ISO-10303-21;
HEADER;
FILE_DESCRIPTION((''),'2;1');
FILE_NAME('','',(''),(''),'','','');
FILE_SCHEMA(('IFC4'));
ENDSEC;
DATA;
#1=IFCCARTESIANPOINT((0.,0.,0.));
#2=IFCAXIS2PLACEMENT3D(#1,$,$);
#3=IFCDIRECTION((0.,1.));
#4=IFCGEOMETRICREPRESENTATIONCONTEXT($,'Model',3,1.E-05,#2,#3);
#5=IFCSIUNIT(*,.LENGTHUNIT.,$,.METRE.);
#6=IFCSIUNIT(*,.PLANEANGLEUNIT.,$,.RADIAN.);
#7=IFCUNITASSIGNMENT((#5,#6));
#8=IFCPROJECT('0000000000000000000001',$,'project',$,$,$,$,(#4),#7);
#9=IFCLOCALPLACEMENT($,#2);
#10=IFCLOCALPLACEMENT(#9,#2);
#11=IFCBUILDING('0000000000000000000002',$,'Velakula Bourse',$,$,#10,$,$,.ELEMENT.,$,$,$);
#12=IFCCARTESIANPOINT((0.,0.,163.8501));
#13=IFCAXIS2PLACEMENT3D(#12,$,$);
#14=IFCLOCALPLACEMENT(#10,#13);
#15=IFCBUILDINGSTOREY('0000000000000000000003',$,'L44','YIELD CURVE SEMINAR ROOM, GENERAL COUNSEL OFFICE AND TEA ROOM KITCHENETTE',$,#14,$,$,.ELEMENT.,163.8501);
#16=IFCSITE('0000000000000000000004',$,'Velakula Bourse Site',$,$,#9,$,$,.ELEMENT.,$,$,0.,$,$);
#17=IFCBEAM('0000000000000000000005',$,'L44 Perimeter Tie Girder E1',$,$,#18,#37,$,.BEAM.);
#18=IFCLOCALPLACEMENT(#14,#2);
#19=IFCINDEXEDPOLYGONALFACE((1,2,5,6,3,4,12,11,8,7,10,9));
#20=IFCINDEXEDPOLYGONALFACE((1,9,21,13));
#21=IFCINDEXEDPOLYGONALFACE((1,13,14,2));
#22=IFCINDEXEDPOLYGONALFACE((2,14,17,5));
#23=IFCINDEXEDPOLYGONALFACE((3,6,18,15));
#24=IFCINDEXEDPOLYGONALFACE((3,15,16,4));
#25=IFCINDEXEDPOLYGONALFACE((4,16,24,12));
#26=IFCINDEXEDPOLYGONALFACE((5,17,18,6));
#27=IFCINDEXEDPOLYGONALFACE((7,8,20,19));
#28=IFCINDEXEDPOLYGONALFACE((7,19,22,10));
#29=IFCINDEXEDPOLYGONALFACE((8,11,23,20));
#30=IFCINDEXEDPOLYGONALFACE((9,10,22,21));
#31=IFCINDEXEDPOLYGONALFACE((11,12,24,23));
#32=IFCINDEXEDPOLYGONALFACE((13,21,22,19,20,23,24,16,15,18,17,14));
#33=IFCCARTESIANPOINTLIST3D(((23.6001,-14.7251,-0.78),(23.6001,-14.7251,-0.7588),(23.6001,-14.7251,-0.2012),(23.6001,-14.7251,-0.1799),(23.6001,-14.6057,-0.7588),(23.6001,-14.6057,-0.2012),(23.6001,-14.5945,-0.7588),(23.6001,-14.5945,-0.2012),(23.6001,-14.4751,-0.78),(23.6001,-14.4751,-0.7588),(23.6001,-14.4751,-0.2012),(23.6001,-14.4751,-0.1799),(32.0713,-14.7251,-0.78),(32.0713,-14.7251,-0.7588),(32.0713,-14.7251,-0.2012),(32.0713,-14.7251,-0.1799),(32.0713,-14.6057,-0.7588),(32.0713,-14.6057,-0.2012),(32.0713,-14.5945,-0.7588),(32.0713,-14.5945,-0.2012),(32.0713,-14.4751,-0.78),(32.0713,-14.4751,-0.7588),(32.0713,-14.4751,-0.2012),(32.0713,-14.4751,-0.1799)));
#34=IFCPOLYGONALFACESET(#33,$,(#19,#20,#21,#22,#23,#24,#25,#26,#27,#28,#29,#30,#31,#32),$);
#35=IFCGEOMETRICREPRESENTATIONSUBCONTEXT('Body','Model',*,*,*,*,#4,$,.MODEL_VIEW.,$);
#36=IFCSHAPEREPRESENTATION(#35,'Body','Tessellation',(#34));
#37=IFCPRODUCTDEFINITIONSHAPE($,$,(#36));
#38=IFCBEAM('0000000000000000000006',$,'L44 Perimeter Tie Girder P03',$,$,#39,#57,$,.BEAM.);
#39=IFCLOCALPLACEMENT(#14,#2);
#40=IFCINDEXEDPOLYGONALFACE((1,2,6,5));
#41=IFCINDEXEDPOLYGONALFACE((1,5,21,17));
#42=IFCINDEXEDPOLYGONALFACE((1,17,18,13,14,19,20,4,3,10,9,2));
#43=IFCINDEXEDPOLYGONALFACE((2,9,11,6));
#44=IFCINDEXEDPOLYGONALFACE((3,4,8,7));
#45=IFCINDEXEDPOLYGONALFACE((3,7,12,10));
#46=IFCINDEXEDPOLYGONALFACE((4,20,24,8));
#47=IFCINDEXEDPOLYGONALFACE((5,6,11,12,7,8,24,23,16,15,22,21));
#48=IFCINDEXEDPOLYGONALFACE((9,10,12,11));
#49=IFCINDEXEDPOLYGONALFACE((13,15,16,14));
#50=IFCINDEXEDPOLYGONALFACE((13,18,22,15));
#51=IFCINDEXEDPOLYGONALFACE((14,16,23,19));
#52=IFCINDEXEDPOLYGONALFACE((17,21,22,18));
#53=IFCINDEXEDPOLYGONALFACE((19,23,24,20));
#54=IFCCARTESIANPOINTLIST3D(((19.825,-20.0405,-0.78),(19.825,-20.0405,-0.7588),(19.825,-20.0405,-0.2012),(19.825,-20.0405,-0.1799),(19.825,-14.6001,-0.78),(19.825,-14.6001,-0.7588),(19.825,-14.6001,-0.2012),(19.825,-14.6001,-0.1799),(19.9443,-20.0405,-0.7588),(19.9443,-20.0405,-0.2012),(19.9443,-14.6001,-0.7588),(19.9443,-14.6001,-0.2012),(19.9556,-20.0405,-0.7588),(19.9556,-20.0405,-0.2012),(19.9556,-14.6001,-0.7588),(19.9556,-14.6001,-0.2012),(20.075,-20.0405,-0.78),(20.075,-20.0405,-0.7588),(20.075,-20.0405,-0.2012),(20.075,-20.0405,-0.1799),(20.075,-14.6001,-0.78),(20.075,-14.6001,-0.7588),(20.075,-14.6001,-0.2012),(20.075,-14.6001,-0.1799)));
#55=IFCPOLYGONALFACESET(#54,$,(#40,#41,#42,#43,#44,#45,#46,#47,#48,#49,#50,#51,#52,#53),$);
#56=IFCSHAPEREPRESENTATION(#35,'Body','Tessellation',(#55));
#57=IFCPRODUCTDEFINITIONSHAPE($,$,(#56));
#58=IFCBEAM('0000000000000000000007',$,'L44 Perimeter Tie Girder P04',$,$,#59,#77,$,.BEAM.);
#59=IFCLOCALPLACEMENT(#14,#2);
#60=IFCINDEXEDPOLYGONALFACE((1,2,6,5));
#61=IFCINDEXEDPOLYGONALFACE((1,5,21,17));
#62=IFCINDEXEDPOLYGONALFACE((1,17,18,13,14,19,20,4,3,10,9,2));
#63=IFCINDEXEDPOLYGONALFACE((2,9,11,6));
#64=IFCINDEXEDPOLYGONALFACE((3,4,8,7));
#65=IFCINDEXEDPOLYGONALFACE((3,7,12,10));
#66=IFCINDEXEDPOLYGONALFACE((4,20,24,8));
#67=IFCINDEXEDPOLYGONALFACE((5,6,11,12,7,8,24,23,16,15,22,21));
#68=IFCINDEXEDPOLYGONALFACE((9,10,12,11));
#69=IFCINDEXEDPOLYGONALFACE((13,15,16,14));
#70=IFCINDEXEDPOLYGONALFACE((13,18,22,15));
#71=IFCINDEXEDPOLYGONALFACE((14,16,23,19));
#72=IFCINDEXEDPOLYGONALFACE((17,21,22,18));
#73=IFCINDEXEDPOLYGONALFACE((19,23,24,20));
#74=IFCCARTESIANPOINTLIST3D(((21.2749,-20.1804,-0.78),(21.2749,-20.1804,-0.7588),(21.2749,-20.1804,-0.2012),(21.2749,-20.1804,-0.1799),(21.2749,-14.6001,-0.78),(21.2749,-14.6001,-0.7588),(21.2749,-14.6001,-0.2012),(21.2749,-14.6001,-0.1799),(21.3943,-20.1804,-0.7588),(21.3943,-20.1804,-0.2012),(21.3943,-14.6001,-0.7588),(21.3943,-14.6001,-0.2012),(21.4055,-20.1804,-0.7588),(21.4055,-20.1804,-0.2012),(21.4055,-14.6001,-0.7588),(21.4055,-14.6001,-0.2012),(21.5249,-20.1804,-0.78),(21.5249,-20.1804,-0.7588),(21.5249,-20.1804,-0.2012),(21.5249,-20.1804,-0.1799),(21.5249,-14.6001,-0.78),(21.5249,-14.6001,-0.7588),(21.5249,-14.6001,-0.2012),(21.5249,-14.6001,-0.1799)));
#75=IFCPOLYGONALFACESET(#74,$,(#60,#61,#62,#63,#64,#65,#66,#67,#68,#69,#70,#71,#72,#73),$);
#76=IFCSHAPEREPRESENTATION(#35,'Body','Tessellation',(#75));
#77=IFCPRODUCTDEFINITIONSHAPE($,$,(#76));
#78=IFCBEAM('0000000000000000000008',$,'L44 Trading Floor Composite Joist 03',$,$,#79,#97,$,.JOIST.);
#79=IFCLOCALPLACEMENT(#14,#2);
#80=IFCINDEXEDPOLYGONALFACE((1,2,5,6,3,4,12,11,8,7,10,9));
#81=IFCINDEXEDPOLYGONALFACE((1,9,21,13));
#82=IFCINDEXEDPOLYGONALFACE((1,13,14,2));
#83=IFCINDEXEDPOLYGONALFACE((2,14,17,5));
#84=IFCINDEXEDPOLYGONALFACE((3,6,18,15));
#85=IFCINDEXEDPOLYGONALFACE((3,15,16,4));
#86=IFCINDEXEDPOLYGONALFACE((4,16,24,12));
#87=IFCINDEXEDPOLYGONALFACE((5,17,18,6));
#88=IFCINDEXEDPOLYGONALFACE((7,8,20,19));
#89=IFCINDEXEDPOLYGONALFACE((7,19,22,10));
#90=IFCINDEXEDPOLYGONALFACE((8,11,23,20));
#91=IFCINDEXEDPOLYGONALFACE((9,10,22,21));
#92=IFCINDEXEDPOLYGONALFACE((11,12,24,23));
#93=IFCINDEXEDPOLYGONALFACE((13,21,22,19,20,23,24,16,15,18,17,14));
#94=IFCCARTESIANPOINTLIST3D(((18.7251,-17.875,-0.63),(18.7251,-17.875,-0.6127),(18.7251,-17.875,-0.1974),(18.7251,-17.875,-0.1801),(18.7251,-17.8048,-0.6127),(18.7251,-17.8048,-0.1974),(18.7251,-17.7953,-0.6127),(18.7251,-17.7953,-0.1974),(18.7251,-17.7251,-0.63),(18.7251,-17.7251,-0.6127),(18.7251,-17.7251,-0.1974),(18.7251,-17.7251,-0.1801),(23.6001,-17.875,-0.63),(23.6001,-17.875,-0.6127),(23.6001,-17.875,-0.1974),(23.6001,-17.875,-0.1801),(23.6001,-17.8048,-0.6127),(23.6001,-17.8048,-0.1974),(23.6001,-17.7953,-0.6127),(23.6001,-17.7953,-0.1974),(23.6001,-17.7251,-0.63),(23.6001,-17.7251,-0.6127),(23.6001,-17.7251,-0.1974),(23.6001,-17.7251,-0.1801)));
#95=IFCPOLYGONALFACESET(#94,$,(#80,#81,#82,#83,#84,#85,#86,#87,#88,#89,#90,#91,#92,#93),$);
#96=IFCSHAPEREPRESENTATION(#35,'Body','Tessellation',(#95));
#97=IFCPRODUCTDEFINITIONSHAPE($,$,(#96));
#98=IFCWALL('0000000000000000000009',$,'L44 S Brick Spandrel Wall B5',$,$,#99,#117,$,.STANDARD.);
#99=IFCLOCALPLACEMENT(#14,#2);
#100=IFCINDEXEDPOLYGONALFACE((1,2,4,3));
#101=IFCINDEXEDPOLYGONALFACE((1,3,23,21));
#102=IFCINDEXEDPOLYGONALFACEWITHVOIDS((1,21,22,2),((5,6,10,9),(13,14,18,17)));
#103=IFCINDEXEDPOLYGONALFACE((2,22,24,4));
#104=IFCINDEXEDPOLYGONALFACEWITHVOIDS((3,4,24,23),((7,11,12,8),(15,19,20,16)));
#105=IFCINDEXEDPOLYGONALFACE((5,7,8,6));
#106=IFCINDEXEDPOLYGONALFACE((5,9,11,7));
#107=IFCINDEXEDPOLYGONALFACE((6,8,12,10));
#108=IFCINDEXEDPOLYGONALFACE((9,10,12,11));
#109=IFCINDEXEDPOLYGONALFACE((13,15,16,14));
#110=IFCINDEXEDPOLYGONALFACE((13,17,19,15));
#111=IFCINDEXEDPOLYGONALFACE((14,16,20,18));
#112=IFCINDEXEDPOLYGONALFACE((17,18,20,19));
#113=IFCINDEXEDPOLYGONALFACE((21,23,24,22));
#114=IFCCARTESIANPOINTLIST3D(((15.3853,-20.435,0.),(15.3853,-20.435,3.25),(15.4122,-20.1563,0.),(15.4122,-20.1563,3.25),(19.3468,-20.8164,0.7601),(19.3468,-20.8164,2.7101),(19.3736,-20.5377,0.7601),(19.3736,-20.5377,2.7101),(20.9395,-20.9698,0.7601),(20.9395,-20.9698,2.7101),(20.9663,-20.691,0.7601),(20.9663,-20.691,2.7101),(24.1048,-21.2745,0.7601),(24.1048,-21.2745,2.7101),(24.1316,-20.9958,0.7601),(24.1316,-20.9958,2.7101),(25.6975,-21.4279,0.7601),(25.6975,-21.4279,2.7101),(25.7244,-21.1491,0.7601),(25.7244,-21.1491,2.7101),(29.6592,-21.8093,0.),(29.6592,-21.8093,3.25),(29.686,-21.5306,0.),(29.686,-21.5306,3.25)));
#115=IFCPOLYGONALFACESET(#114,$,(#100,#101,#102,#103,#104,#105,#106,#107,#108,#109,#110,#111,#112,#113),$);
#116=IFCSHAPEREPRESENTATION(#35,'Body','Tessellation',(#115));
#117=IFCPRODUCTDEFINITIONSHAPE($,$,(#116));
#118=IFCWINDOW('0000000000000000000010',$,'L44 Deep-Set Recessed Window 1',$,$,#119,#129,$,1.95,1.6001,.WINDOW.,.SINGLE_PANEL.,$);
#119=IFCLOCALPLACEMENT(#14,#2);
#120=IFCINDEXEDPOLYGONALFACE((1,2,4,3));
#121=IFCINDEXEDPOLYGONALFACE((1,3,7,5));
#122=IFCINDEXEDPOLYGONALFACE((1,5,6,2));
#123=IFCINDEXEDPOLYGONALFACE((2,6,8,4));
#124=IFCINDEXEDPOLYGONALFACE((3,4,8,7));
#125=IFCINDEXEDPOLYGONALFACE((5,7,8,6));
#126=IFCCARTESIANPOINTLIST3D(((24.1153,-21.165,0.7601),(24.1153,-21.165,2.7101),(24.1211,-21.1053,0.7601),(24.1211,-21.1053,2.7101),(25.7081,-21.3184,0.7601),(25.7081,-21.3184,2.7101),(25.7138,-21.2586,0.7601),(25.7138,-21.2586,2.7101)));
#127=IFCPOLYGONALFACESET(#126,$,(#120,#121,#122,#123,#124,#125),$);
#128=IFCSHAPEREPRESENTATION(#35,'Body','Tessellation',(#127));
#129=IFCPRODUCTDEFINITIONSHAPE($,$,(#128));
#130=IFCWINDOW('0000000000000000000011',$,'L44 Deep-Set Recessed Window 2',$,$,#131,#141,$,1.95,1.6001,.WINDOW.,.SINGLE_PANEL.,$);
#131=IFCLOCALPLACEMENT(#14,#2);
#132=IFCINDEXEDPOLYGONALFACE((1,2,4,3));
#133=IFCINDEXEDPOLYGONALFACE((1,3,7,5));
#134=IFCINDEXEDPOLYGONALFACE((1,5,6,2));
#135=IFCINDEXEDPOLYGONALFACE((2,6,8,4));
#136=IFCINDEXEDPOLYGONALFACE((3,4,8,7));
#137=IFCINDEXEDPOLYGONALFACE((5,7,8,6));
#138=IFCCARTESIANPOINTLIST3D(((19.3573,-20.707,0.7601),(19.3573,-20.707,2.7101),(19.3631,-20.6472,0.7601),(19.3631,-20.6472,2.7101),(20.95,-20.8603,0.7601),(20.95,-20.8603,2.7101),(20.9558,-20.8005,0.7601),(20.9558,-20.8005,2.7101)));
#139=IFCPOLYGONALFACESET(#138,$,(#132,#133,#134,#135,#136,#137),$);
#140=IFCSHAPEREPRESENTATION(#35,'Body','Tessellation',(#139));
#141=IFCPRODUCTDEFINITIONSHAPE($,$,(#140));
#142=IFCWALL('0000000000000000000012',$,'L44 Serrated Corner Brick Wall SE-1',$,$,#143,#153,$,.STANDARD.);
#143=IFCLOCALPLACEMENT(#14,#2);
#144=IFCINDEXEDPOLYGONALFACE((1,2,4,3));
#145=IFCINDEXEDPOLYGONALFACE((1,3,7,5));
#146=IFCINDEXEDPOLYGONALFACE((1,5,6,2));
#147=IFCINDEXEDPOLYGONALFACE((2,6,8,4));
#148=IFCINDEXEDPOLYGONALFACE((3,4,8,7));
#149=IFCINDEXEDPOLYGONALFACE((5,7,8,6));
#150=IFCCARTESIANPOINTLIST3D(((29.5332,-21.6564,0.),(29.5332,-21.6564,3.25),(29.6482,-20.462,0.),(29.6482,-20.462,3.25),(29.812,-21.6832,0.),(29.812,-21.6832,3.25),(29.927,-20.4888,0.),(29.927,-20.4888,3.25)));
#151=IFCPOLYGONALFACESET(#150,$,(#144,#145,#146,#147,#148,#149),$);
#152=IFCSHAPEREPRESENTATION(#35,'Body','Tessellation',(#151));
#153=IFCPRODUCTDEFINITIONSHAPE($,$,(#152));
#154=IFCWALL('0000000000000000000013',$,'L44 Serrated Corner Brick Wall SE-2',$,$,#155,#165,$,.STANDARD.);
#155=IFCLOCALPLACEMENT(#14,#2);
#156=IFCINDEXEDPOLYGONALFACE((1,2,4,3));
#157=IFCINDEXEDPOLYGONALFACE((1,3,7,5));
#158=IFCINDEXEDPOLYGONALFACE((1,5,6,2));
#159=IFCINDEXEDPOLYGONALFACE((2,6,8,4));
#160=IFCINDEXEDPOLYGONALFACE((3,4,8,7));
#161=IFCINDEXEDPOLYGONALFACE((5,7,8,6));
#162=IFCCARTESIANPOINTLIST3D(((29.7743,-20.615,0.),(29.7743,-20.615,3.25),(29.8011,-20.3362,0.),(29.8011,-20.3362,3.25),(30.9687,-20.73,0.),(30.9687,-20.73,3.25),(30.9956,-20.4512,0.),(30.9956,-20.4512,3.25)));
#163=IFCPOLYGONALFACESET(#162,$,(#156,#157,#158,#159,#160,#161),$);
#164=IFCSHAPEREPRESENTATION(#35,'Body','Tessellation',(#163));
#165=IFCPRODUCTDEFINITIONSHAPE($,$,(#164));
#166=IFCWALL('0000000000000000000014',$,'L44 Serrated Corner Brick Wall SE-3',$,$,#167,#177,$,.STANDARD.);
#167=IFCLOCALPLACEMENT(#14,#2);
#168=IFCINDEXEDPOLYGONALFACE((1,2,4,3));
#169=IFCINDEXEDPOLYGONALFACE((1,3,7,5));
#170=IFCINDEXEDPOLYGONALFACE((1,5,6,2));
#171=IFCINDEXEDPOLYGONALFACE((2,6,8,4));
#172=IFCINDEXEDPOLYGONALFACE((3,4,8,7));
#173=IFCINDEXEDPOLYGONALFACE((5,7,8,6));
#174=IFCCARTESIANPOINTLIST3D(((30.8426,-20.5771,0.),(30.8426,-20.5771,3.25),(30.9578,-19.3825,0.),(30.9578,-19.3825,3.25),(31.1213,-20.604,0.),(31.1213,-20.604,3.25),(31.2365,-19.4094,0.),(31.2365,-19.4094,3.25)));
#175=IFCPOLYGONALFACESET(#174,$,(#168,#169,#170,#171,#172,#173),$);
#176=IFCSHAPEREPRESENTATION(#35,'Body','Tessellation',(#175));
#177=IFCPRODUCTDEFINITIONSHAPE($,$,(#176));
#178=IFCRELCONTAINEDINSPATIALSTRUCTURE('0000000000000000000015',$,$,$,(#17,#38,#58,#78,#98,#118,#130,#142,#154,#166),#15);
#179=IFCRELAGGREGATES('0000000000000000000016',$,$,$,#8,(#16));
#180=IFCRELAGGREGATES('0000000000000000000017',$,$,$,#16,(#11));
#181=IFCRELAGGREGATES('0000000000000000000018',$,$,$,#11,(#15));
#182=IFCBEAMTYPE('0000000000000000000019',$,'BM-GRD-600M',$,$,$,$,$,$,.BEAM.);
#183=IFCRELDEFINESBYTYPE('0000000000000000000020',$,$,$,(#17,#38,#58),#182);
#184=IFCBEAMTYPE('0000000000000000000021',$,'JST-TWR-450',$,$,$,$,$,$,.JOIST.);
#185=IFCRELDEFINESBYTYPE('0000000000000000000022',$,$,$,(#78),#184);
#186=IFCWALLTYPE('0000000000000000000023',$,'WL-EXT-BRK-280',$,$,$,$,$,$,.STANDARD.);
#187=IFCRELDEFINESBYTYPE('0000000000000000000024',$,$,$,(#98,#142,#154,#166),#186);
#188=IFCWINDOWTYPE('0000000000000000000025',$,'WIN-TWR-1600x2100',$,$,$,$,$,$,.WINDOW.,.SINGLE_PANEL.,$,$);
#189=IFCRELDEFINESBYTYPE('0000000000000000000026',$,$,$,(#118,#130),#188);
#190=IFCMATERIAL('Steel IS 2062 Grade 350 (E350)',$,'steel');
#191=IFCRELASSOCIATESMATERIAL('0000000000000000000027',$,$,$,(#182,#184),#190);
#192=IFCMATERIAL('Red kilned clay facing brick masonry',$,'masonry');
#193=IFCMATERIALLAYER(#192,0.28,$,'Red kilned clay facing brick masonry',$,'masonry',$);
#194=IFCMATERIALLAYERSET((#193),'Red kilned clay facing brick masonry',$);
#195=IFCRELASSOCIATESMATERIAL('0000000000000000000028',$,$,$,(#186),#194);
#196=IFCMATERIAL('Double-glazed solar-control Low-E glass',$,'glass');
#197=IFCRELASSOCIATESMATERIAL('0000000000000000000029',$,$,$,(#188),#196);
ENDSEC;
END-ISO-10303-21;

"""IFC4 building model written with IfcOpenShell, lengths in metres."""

from ifc_helpers import new_model, si_unit, direction, frame, frame_2d, origin, origin_2d, place, context, subcontext, project, spatial, rectangle, i_section, extrude, material, layer, layer_set, material_profile, profile_set, type_object, element, fill, save


model = new_model("IFC4")

# Units and contexts
model_context = context("Model", 3, precision=1e-05, world=origin(), true_north=direction((0.0, 1.0)))
body_context = subcontext(model_context, "Body", "Model", "MODEL_VIEW")
ifc_project = project(units=[si_unit("LENGTHUNIT", "METRE"), si_unit("PLANEANGLEUNIT", "RADIAN")], contexts=[model_context])

# Site, building, storey
site_placement = place(None, origin())
site = spatial("IfcSite", under=ifc_project, at=site_placement, Name="Velakula Bourse Site", CompositionType="ELEMENT", RefElevation=0.0)
building_placement = place(site_placement, origin())
building = spatial("IfcBuilding", under=site, at=building_placement, Name="Velakula Bourse", CompositionType="ELEMENT")
storey_placement = place(building_placement, frame((0.0, 0.0, 163.8501)))
storey = spatial("IfcBuildingStorey", under=building, at=storey_placement, Name="L44", Description="YIELD CURVE SEMINAR ROOM, GENERAL COUNSEL OFFICE AND TEA ROOM KITCHENETTE", CompositionType="ELEMENT", Elevation=163.8501)

# Shared definitions
ifc_material_1 = material(Name="Steel IS 2062 Grade 350 (E350)", Category="steel")

# Beams
ifc_material_profile_1 = material_profile(ifc_material_1, i_section(OverallWidth=0.25, OverallDepth=0.6001, WebThickness=0.0112, FlangeThickness=0.0212, at=origin_2d()), Name="Steel IS 2062 Grade 350 (E350)")
ifc_profile_set_1 = profile_set([ifc_material_profile_1], Name="Steel IS 2062 Grade 350 (E350)")
beam_type_1 = type_object("IfcBeamType", Name="BM-GRD-600M", PredefinedType="BEAM", material=ifc_profile_set_1)
beam_1_placement = place(storey_placement, frame((23.6001, -14.6001, -0.48), z_axis=(1.0, 0.0, 0.0), x_axis=(0.0, 1.0, 0.0)))
element("IfcBeam", 1, at=beam_1_placement, inside=storey, type_object=beam_type_1, Name="L44 Perimeter Tie Girder E1", PredefinedType="BEAM", context=body_context, shape_type="SweptSolid", body=[
    extrude(i_section(OverallWidth=0.25, OverallDepth=0.6001, WebThickness=0.0112, FlangeThickness=0.0212, at=origin_2d()), origin(), (0.0, 0.0, 1.0), 8.4712),
])
beam_2_placement = place(storey_placement, frame((19.95, -14.6001, -0.48), z_axis=(0.0, -1.0, 0.0), x_axis=(1.0, 0.0, 0.0)))
element("IfcBeam", 2, at=beam_2_placement, inside=storey, type_object=beam_type_1, Name="L44 Perimeter Tie Girder P03", PredefinedType="BEAM", context=body_context, shape_type="SweptSolid", body=[
    extrude(i_section(OverallWidth=0.25, OverallDepth=0.6001, WebThickness=0.0112, FlangeThickness=0.0212, at=origin_2d()), origin(), (0.0, 0.0, 1.0), 5.4404),
])
beam_3_placement = place(storey_placement, frame((21.3999, -14.6001, -0.48), z_axis=(0.0, -1.0, 0.0), x_axis=(1.0, 0.0, 0.0)))
element("IfcBeam", 3, at=beam_3_placement, inside=storey, type_object=beam_type_1, Name="L44 Perimeter Tie Girder P04", PredefinedType="BEAM", context=body_context, shape_type="SweptSolid", body=[
    extrude(i_section(OverallWidth=0.25, OverallDepth=0.6001, WebThickness=0.0112, FlangeThickness=0.0212, at=origin_2d()), origin(), (0.0, 0.0, 1.0), 5.5803),
])
ifc_material_profile_2 = material_profile(ifc_material_1, i_section(OverallWidth=0.1499, OverallDepth=0.45, WebThickness=0.0095, FlangeThickness=0.0173, at=origin_2d()), Name="Steel IS 2062 Grade 350 (E350)")
ifc_profile_set_2 = profile_set([ifc_material_profile_2], Name="Steel IS 2062 Grade 350 (E350)")
beam_type_2 = type_object("IfcBeamType", Name="JST-TWR-450", PredefinedType="JOIST", material=ifc_profile_set_2)
beam_4_placement = place(storey_placement, frame((18.7251, -17.8, -0.405), z_axis=(1.0, 0.0, 0.0), x_axis=(0.0, 1.0, 0.0)))
element("IfcBeam", 4, at=beam_4_placement, inside=storey, type_object=beam_type_2, Name="L44 Trading Floor Composite Joist 03", PredefinedType="JOIST", context=body_context, shape_type="SweptSolid", body=[
    extrude(i_section(OverallWidth=0.1499, OverallDepth=0.45, WebThickness=0.0095, FlangeThickness=0.0173, at=origin_2d()), origin(), (0.0, 0.0, 1.0), 4.875),
])

# Wall, openings, windows
ifc_material_2 = material(Name="Red kilned clay facing brick masonry", Category="masonry")
ifc_layer = layer(ifc_material_2, 0.28, Name="Red kilned clay facing brick masonry", Category="masonry")
ifc_layer_set = layer_set([ifc_layer], Name="Red kilned clay facing brick masonry")
wall_type = type_object("IfcWallType", Name="WL-EXT-BRK-280", PredefinedType="STANDARD", material=ifc_layer_set)
wall_1_placement = place(storey_placement, frame((29.6726, -21.6699, 0.0), z_axis=(0.0, 0.0, 1.0), x_axis=(-0.995397, 0.095835, 0.0)))
wall_1 = element("IfcWall", 5, at=wall_1_placement, inside=storey, type_object=wall_type, Name="L44 S Brick Spandrel Wall B5", PredefinedType="STANDARD", context=body_context, shape_type="SweptSolid", body=[
    extrude(rectangle(XDim=14.3398, YDim=0.28, at=frame_2d((7.1699, 0.0))), origin(), (0.0, 0.0, 1.0), 3.25),
])
opening_1_placement = place(wall_1_placement, frame((3.98, 0.0, 0.76)))
opening_1 = element("IfcOpeningElement", 6, at=opening_1_placement, cuts=wall_1, PredefinedType="OPENING", context=body_context, shape_type="SweptSolid", body=[
    extrude(rectangle(XDim=1.6001, YDim=1.95, at=frame_2d((0.8, 0.9751))), frame((0.0, 0.1499, 0.0), z_axis=(0.0, -1.0, 0.0), x_axis=(1.0, 0.0, 0.0)), (0.0, 0.0, 1.0), 0.3),
])
opening_2_placement = place(wall_1_placement, frame((8.76, 0.0, 0.76)))
opening_2 = element("IfcOpeningElement", 7, at=opening_2_placement, cuts=wall_1, PredefinedType="OPENING", context=body_context, shape_type="SweptSolid", body=[
    extrude(rectangle(XDim=1.6001, YDim=1.95, at=frame_2d((0.8, 0.9751))), frame((0.0, 0.1499, 0.0), z_axis=(0.0, -1.0, 0.0), x_axis=(1.0, 0.0, 0.0)), (0.0, 0.0, 1.0), 0.3),
])
ifc_material_3 = material(Name="Double-glazed solar-control Low-E glass", Category="glass")
window_type = type_object("IfcWindowType", Name="WIN-TWR-1600x2100", PartitioningType="SINGLE_PANEL", PredefinedType="WINDOW", material=ifc_material_3)
window_1_placement = place(opening_1_placement, origin())
window_1 = element("IfcWindow", 8, at=window_1_placement, inside=storey, type_object=window_type, Name="L44 Deep-Set Recessed Window 1", OverallHeight=1.95, OverallWidth=1.6001, PartitioningType="SINGLE_PANEL", PredefinedType="WINDOW", context=body_context, shape_type="SweptSolid", body=[
    extrude(rectangle(XDim=1.6001, YDim=1.95, at=frame_2d((0.8, 0.9751))), frame((0.0, 0.03, 0.0), z_axis=(0.0, -1.0, 0.0), x_axis=(1.0, 0.0, 0.0)), (0.0, 0.0, 1.0), 0.0601),
])
fill(opening_1, window_1)
window_2_placement = place(opening_2_placement, origin())
window_2 = element("IfcWindow", 9, at=window_2_placement, inside=storey, type_object=window_type, Name="L44 Deep-Set Recessed Window 2", OverallHeight=1.95, OverallWidth=1.6001, PartitioningType="SINGLE_PANEL", PredefinedType="WINDOW", context=body_context, shape_type="SweptSolid", body=[
    extrude(rectangle(XDim=1.6001, YDim=1.95, at=frame_2d((0.8, 0.9751))), frame((0.0, 0.03, 0.0), z_axis=(0.0, -1.0, 0.0), x_axis=(1.0, 0.0, 0.0)), (0.0, 0.0, 1.0), 0.0601),
])
fill(opening_2, window_2)

# Walls
for number, where, z_axis, x_axis, name in (
    (10, (29.6726, -21.6699, 0.0), (0.0, 0.0, 1.0), (0.095836, 0.995397, 0.0), "L44 Serrated Corner Brick Wall SE-1"),
    (11, (29.7876, -20.4756, 0.0), (0.0, 0.0, 1.0), (0.995397, -0.095836, 0.0), "L44 Serrated Corner Brick Wall SE-2"),
):
    element("IfcWall", number, at=place(storey_placement, frame(where, z_axis=z_axis, x_axis=x_axis)), inside=storey, type_object=wall_type, Name=name, PredefinedType="STANDARD", context=body_context, shape_type="SweptSolid", body=[
        extrude(rectangle(XDim=1.2, YDim=0.28, at=frame_2d((0.6001, 0.0))), origin(), (0.0, 0.0, 1.0), 3.25),
    ])
wall_2_placement = place(storey_placement, frame((30.9819, -20.5906, 0.0), z_axis=(0.0, 0.0, 1.0), x_axis=(0.096019, 0.99538, 0.0)))
element("IfcWall", 12, at=wall_2_placement, inside=storey, type_object=wall_type, Name="L44 Serrated Corner Brick Wall SE-3", PredefinedType="STANDARD", context=body_context, shape_type="SweptSolid", body=[
    extrude(rectangle(XDim=1.2002, YDim=0.28, at=frame_2d((0.6001, 0.0))), origin(), (0.0, 0.0, 1.0), 3.25),
])

save(model, "model.ifc")
